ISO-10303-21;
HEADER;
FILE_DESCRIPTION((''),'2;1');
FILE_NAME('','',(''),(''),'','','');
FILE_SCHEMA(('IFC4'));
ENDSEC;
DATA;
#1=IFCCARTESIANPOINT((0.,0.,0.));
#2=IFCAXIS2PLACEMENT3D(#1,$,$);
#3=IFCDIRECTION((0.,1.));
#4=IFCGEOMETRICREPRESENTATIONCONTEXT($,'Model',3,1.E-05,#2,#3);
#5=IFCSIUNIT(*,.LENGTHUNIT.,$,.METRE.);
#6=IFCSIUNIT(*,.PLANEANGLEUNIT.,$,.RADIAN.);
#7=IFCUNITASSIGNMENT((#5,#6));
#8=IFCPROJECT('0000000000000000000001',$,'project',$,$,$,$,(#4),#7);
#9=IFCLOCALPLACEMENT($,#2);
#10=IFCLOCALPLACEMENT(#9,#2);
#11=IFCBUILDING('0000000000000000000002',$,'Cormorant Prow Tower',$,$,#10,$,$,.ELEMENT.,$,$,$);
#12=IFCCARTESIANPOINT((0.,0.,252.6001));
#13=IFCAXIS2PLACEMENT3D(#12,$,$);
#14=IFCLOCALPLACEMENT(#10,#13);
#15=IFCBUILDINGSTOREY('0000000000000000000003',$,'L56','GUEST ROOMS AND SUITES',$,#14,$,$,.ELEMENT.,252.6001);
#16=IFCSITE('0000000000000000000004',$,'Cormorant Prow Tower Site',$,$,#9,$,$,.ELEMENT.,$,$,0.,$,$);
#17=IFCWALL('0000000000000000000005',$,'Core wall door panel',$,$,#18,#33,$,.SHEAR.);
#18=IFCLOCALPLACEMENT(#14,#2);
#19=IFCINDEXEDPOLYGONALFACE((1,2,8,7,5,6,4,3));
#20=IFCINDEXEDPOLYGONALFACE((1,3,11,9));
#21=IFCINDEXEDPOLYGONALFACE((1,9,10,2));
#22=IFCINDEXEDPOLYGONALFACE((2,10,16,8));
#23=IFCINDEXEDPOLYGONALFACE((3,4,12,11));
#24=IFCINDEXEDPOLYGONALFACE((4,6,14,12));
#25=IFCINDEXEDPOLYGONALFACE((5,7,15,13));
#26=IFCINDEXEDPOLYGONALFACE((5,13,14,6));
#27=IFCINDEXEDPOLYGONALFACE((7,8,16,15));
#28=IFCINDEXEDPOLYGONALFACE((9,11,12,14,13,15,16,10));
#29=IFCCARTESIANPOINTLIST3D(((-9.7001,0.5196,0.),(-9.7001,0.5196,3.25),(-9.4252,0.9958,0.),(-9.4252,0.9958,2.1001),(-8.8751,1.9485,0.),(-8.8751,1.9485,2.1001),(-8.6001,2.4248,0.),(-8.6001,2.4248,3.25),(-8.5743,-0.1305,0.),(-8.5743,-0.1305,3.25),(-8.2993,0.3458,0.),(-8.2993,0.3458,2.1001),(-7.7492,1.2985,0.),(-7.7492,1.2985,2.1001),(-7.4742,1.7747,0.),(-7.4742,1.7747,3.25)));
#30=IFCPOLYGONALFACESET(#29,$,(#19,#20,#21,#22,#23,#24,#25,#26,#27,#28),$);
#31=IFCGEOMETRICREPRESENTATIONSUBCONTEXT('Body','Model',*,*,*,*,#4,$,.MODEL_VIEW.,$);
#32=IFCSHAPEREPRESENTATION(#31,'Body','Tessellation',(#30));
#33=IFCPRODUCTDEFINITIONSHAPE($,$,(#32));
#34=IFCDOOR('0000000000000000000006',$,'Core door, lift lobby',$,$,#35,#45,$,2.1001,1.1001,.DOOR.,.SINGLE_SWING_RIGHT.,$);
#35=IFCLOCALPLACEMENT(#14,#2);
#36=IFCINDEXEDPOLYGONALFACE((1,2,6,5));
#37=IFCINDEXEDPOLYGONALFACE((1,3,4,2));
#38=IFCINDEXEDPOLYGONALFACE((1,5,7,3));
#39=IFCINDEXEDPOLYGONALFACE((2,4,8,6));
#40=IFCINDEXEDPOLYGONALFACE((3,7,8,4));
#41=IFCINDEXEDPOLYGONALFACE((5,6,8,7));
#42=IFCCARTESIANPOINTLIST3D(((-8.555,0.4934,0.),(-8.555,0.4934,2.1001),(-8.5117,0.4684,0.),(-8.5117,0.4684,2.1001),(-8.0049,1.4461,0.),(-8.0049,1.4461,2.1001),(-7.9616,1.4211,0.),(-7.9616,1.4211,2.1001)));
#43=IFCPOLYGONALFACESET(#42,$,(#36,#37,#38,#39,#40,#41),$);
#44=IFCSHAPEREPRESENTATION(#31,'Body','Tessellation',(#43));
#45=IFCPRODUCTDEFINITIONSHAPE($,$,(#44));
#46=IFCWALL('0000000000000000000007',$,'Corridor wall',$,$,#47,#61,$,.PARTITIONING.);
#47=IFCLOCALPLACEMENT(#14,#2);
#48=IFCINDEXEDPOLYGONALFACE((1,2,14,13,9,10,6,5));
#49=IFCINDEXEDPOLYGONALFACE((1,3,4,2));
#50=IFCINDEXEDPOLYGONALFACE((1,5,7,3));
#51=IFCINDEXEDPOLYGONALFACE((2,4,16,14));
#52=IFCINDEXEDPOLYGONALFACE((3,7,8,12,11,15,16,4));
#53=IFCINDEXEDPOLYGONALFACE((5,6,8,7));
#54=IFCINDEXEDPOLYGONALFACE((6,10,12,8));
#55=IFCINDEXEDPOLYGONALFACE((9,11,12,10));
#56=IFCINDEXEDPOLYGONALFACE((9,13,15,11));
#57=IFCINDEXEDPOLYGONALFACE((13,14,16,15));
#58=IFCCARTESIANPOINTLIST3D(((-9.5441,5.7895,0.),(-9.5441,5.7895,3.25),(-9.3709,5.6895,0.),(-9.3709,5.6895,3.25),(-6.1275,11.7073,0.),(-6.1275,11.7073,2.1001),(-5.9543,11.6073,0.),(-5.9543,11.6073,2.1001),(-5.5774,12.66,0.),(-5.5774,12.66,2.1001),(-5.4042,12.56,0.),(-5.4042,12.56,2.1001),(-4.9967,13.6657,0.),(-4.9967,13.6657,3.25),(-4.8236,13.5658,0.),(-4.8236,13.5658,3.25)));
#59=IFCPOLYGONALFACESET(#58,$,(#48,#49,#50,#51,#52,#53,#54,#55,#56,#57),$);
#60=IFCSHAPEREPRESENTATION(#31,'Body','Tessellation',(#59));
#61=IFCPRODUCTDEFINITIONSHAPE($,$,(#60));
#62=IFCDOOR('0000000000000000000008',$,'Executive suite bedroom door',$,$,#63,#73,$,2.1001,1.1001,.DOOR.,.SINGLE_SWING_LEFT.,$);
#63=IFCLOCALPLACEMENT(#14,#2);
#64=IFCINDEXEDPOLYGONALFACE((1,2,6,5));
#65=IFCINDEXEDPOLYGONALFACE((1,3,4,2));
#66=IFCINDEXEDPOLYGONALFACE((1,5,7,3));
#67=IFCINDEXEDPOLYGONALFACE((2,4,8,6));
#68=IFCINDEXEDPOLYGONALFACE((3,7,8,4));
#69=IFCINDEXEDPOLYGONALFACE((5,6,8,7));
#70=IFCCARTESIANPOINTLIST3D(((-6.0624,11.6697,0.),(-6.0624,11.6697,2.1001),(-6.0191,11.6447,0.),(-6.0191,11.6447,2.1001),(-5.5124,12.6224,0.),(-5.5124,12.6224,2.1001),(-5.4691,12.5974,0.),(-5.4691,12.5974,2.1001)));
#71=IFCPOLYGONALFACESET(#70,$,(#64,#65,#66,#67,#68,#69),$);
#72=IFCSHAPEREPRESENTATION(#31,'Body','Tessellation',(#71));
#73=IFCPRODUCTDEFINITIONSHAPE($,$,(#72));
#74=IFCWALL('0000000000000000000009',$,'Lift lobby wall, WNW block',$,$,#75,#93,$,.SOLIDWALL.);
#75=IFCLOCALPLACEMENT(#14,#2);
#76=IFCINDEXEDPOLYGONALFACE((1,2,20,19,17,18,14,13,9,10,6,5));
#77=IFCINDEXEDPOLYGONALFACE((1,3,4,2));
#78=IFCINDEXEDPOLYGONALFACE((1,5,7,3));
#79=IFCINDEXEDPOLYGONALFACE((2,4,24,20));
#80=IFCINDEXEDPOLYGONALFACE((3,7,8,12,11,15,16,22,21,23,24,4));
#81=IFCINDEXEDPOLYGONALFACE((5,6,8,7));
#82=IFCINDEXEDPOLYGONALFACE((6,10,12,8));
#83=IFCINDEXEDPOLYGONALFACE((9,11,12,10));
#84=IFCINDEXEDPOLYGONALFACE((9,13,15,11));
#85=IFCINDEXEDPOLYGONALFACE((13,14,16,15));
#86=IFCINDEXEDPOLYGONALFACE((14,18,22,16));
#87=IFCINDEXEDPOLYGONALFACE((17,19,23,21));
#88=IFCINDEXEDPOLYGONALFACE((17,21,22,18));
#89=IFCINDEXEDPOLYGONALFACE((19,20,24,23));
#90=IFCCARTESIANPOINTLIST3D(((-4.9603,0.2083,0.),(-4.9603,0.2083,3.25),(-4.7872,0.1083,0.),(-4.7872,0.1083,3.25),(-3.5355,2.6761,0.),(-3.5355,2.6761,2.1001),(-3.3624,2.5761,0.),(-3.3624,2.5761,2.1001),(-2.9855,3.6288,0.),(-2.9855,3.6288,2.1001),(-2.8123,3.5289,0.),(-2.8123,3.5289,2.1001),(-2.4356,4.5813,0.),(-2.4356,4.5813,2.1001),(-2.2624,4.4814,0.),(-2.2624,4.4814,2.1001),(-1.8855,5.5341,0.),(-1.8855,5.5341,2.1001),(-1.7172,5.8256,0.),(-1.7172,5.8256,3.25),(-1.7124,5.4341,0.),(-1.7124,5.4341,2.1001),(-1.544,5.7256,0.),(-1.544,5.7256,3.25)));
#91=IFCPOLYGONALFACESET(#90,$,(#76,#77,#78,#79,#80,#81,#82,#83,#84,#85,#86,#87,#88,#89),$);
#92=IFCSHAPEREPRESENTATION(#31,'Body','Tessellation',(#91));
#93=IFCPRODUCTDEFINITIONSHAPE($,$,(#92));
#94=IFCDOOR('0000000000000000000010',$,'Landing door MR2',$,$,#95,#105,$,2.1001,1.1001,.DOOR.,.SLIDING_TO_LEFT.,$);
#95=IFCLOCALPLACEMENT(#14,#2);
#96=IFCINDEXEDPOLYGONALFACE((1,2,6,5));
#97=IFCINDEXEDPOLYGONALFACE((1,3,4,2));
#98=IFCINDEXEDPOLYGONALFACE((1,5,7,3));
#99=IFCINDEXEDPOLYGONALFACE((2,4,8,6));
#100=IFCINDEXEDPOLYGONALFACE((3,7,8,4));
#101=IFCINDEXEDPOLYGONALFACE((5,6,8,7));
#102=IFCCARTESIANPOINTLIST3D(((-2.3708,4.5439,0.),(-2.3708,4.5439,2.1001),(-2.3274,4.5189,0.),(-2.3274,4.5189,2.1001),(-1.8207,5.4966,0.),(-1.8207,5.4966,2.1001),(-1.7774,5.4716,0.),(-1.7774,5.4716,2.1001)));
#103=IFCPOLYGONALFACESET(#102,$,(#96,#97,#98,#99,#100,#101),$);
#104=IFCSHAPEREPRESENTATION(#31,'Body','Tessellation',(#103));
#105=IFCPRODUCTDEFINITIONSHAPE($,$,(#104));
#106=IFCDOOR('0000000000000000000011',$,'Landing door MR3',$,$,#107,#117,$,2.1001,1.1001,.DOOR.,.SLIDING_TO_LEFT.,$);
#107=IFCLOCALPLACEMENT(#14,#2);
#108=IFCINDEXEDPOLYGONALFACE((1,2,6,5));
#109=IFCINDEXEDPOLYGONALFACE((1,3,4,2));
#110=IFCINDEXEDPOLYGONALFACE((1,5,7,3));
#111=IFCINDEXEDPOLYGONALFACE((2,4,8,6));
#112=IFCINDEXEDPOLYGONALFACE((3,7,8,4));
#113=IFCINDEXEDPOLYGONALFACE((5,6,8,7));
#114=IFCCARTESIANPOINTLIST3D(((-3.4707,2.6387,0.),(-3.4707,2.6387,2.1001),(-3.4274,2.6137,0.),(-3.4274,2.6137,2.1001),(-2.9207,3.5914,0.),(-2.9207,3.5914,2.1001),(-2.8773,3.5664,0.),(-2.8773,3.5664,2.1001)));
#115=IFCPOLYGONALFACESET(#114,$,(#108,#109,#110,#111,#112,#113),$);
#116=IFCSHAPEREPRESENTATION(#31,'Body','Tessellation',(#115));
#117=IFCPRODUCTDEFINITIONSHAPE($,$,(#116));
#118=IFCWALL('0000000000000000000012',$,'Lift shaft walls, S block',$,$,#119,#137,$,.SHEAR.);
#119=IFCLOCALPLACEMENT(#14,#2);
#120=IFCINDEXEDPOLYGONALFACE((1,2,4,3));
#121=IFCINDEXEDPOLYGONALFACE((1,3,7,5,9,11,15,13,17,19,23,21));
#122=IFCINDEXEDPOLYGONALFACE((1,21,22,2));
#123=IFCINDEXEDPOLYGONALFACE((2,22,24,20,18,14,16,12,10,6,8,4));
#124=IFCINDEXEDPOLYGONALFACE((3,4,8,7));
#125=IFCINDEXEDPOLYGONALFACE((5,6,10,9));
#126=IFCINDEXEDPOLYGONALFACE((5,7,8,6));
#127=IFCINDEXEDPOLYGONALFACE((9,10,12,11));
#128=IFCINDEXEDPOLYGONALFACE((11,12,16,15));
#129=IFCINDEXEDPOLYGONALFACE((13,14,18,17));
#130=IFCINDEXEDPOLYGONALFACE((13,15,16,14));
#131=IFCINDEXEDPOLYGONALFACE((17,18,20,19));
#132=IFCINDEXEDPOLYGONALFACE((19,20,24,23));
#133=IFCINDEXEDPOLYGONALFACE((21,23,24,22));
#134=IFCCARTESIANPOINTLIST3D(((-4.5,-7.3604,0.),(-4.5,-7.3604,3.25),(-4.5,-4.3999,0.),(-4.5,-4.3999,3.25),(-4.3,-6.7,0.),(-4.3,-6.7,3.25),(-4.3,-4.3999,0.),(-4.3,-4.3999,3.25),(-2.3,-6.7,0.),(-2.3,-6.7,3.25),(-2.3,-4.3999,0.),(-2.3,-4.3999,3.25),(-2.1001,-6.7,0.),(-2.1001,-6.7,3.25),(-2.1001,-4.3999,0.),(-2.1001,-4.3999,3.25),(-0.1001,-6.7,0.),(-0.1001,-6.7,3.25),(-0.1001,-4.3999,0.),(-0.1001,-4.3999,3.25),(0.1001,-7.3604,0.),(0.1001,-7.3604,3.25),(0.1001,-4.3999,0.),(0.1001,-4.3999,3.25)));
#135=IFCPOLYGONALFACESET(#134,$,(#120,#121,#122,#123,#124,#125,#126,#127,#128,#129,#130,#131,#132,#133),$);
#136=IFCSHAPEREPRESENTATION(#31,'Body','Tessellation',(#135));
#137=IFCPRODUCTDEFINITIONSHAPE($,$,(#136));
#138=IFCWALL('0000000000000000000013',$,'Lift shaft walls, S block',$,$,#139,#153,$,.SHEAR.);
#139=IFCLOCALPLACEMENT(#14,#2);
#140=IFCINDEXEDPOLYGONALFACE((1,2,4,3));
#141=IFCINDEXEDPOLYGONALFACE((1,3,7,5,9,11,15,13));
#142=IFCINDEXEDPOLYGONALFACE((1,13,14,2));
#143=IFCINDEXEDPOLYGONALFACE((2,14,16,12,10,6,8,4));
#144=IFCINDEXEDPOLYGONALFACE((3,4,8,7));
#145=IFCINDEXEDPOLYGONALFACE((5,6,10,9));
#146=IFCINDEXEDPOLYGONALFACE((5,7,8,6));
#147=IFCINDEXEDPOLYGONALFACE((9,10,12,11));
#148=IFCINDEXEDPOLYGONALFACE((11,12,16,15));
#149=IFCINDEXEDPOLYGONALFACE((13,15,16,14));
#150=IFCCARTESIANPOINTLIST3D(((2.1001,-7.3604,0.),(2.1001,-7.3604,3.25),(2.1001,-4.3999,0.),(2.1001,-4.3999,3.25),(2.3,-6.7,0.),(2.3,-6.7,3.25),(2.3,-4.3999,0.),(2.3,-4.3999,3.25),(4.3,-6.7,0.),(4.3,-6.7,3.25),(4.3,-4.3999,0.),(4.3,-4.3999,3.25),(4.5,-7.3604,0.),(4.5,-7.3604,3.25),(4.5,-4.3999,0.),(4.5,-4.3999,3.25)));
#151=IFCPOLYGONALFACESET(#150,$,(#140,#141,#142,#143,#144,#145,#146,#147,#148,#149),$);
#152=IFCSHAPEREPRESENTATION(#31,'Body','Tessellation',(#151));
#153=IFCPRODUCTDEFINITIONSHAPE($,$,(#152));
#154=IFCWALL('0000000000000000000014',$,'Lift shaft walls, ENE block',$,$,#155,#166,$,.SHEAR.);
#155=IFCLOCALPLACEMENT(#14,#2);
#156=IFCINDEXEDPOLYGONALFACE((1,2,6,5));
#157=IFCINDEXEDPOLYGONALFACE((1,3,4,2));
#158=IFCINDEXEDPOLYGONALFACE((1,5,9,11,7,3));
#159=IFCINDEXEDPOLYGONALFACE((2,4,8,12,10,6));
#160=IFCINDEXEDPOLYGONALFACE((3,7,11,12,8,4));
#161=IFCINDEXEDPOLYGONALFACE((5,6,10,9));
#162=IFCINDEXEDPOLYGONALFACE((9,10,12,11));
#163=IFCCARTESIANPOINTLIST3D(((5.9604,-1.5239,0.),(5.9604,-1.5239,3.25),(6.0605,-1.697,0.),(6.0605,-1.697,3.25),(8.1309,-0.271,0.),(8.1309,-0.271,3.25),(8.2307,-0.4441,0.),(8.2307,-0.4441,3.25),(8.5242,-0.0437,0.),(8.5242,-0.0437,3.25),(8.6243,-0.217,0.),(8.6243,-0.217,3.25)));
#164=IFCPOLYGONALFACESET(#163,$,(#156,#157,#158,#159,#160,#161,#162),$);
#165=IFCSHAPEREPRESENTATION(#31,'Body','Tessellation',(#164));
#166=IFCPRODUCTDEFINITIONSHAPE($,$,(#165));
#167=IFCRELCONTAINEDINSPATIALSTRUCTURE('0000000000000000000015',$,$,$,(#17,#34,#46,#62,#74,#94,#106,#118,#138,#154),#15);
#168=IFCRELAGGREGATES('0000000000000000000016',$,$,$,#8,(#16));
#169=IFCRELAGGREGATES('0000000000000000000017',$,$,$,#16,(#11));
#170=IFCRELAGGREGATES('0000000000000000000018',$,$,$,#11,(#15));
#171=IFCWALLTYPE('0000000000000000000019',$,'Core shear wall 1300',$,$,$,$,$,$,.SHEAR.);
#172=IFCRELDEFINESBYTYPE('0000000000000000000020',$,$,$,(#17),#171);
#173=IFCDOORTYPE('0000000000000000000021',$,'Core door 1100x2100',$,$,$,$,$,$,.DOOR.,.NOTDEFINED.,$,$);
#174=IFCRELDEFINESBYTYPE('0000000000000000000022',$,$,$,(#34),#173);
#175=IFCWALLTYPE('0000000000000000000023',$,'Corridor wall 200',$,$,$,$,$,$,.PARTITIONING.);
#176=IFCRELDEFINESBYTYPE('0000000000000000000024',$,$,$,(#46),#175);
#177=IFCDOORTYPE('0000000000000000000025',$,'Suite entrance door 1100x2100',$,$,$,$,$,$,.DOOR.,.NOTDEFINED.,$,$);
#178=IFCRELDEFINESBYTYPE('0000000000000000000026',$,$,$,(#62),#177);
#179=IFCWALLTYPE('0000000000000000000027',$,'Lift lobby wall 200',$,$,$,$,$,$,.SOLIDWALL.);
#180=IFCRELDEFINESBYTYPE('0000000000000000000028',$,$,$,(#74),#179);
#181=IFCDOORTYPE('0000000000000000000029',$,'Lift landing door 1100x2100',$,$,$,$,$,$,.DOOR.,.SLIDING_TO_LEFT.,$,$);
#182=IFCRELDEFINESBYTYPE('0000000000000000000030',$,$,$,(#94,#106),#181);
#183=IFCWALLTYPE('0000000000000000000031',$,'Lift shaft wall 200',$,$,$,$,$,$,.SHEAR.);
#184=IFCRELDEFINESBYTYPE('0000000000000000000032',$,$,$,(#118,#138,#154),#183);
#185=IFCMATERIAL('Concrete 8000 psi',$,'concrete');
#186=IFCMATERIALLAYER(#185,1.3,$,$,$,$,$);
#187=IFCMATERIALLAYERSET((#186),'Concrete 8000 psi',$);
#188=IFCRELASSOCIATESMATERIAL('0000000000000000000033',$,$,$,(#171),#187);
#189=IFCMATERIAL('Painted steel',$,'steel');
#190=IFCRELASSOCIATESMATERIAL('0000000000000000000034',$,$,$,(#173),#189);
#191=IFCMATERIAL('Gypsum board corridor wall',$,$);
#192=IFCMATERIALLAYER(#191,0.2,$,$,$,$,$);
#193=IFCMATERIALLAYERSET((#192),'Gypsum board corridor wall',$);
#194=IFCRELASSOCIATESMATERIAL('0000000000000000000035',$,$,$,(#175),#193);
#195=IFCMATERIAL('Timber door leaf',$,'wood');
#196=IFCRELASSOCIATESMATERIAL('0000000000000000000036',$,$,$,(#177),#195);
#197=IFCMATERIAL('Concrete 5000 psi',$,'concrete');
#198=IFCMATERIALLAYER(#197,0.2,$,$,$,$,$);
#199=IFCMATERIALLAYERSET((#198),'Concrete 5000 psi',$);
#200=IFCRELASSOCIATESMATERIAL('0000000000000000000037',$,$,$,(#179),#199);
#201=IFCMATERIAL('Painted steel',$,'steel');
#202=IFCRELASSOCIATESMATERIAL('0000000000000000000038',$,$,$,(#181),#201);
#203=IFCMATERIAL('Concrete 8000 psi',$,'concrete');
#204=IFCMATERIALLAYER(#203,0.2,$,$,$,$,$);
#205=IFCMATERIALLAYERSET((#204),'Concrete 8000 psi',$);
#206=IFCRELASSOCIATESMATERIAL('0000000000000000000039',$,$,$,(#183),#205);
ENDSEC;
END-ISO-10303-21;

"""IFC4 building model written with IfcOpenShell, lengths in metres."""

from ifc_helpers import new_model, si_unit, direction, frame, frame_2d, origin, place, context, subcontext, project, spatial, polyline, rectangle, outline, extrude, material, layer, layer_set, type_object, element, fill, save


model = new_model("IFC4")

# Units and contexts
model_context = context("Model", 3, precision=1e-05, world=origin(), true_north=direction((0.0, 1.0)))
body_context = subcontext(model_context, "Body", "Model", "MODEL_VIEW")
ifc_project = project(units=[si_unit("LENGTHUNIT", "METRE"), si_unit("PLANEANGLEUNIT", "RADIAN")], contexts=[model_context])

# Site, building, storey
site_placement = place(None, origin())
site = spatial("IfcSite", under=ifc_project, at=site_placement, Name="Cormorant Prow Tower Site", CompositionType="ELEMENT", RefElevation=0.0)
building_placement = place(site_placement, origin())
building = spatial("IfcBuilding", under=site, at=building_placement, Name="Cormorant Prow Tower", CompositionType="ELEMENT")
storey_placement = place(building_placement, frame((0.0, 0.0, 252.6001)))
storey = spatial("IfcBuildingStorey", under=building, at=storey_placement, Name="L56", Description="GUEST ROOMS AND SUITES", CompositionType="ELEMENT", Elevation=252.6001)

# Shared definitions
ifc_material_1 = material(Name="Concrete 8000 psi", Category="concrete")
ifc_layer_1 = layer(ifc_material_1, 1.3)
ifc_layer_set_1 = layer_set([ifc_layer_1], Name="Concrete 8000 psi")
wall_type_1 = type_object("IfcWallType", Name="Core shear wall 1300", PredefinedType="SHEAR", material=ifc_layer_set_1)

# Walls, openings, doors
wall_1_placement = place(storey_placement, frame((-8.0371, 2.0999, 0.0), z_axis=(0.0, 0.0, 1.0), x_axis=(-0.50003, -0.866008, 0.0)))
wall_1 = element("IfcWall", 1, at=wall_1_placement, inside=storey, type_object=wall_type_1, Name="Core wall door panel", PredefinedType="SHEAR", context=body_context, shape_type="SweptSolid", body=[
    extrude(rectangle(XDim=2.2, YDim=1.3, at=frame_2d((1.1001, 0.0))), origin(), (0.0, 0.0, 1.0), 3.25),
])
opening_1_placement = place(wall_1_placement, frame((0.55, 0.0, 0.0)))
opening_1 = element("IfcOpeningElement", 2, at=opening_1_placement, cuts=wall_1, PredefinedType="OPENING", context=body_context, shape_type="SweptSolid", body=[
    extrude(rectangle(XDim=1.1001, YDim=2.1001, at=frame_2d((0.55, 1.05))), frame((0.0, 0.6599, 0.0), z_axis=(0.0, -1.0, 0.0), x_axis=(1.0, 0.0, 0.0)), (0.0, 0.0, 1.0), 1.3201),
])
ifc_material_2 = material(Name="Painted steel", Category="steel")
door_type_1 = type_object("IfcDoorType", Name="Core door 1100x2100", OperationType="NOTDEFINED", PredefinedType="DOOR", material=ifc_material_2)
door_1_placement = place(opening_1_placement, origin())
door_1 = element("IfcDoor", 3, at=door_1_placement, inside=storey, type_object=door_type_1, Name="Core door, lift lobby", OperationType="SINGLE_SWING_RIGHT", OverallHeight=2.1001, OverallWidth=1.1001, PredefinedType="DOOR", context=body_context, shape_type="SweptSolid", body=[
    extrude(rectangle(XDim=1.1001, YDim=2.1001, at=frame_2d((0.55, 1.05))), frame((0.0, 0.4048, 0.0), z_axis=(0.0, -1.0, 0.0), x_axis=(1.0, 0.0, 0.0)), (0.0, 0.0, 1.0), 0.05),
])
fill(opening_1, door_1)
ifc_material_3 = material(Name="Gypsum board corridor wall")
ifc_layer_2 = layer(ifc_material_3, 0.2)
ifc_layer_set_2 = layer_set([ifc_layer_2], Name="Gypsum board corridor wall")
wall_type_2 = type_object("IfcWallType", Name="Corridor wall 200", PredefinedType="PARTITIONING", material=ifc_layer_set_2)
wall_2_placement = place(storey_placement, frame((-9.4575, 5.7395, 0.0), z_axis=(0.0, 0.0, 1.0), x_axis=(0.500002, 0.866024, 0.0)))
wall_2 = element("IfcWall", 4, at=wall_2_placement, inside=storey, type_object=wall_type_2, Name="Corridor wall", PredefinedType="PARTITIONING", context=body_context, shape_type="SweptSolid", body=[
    extrude(rectangle(XDim=9.0947, YDim=0.2, at=frame_2d((4.5474, 0.0))), origin(), (0.0, 0.0, 1.0), 3.25),
])
opening_2_placement = place(wall_2_placement, frame((6.8333, 0.0, 0.0)))
opening_2 = element("IfcOpeningElement", 5, at=opening_2_placement, cuts=wall_2, PredefinedType="OPENING", context=body_context, shape_type="SweptSolid", body=[
    extrude(rectangle(XDim=1.1001, YDim=2.1001, at=frame_2d((0.55, 1.05))), frame((0.0, 0.1099, 0.0), z_axis=(0.0, -1.0, 0.0), x_axis=(1.0, 0.0, 0.0)), (0.0, 0.0, 1.0), 0.22),
])
ifc_material_4 = material(Name="Timber door leaf", Category="wood")
door_type_2 = type_object("IfcDoorType", Name="Suite entrance door 1100x2100", OperationType="NOTDEFINED", PredefinedType="DOOR", material=ifc_material_4)
door_2_placement = place(opening_2_placement, origin())
door_2 = element("IfcDoor", 6, at=door_2_placement, inside=storey, type_object=door_type_2, Name="Executive suite bedroom door", OperationType="SINGLE_SWING_LEFT", OverallHeight=2.1001, OverallWidth=1.1001, PredefinedType="DOOR", context=body_context, shape_type="SweptSolid", body=[
    extrude(rectangle(XDim=1.1001, YDim=2.1001, at=frame_2d((0.55, 1.05))), frame((0.0, 0.0249, 0.0), z_axis=(0.0, -1.0, 0.0), x_axis=(1.0, 0.0, 0.0)), (0.0, 0.0, 1.0), 0.05),
])
fill(opening_2, door_2)

# Wall, openings, doors
ifc_material_5 = material(Name="Concrete 5000 psi", Category="concrete")
ifc_layer_3 = layer(ifc_material_5, 0.2)
ifc_layer_set_3 = layer_set([ifc_layer_3], Name="Concrete 5000 psi")
wall_type_3 = type_object("IfcWallType", Name="Lift lobby wall 200", PredefinedType="SOLIDWALL", material=ifc_layer_set_3)
wall_3_placement = place(storey_placement, frame((-1.6306, 5.7756, 0.0), z_axis=(0.0, 0.0, 1.0), x_axis=(-0.499993, -0.86603, 0.0)))
wall_3 = element("IfcWall", 7, at=wall_3_placement, inside=storey, type_object=wall_type_3, Name="Lift lobby wall, WNW block", PredefinedType="SOLIDWALL", context=body_context, shape_type="SweptSolid", body=[
    extrude(rectangle(XDim=6.4863, YDim=0.2, at=frame_2d((3.2432, 0.0))), origin(), (0.0, 0.0, 1.0), 3.25),
])
opening_3_placement = place(wall_3_placement, frame((0.3367, 0.0, 0.0)))
opening_3 = element("IfcOpeningElement", 8, at=opening_3_placement, cuts=wall_3, PredefinedType="OPENING", context=body_context, shape_type="SweptSolid", body=[
    extrude(rectangle(XDim=1.1001, YDim=2.1001, at=frame_2d((0.55, 1.05))), frame((0.0, 0.1099, 0.0), z_axis=(0.0, -1.0, 0.0), x_axis=(1.0, 0.0, 0.0)), (0.0, 0.0, 1.0), 0.22),
])
opening_4_placement = place(wall_3_placement, frame((2.5366, 0.0, 0.0)))
opening_4 = element("IfcOpeningElement", 9, at=opening_4_placement, cuts=wall_3, PredefinedType="OPENING", context=body_context, shape_type="SweptSolid", body=[
    extrude(rectangle(XDim=1.1001, YDim=2.1001, at=frame_2d((0.55, 1.05))), frame((0.0, 0.1099, 0.0), z_axis=(0.0, -1.0, 0.0), x_axis=(1.0, 0.0, 0.0)), (0.0, 0.0, 1.0), 0.22),
])
ifc_material_6 = material(Name="Painted steel", Category="steel")
door_type_3 = type_object("IfcDoorType", Name="Lift landing door 1100x2100", OperationType="SLIDING_TO_LEFT", PredefinedType="DOOR", material=ifc_material_6)
door_3_placement = place(opening_3_placement, origin())
door_3 = element("IfcDoor", 10, at=door_3_placement, inside=storey, type_object=door_type_3, Name="Landing door MR2", OperationType="SLIDING_TO_LEFT", OverallHeight=2.1001, OverallWidth=1.1001, PredefinedType="DOOR", context=body_context, shape_type="SweptSolid", body=[
    extrude(rectangle(XDim=1.1001, YDim=2.1001, at=frame_2d((0.55, 1.05))), frame((0.0, 0.0249, 0.0), z_axis=(0.0, -1.0, 0.0), x_axis=(1.0, 0.0, 0.0)), (0.0, 0.0, 1.0), 0.05),
])
fill(opening_3, door_3)
door_4_placement = place(opening_4_placement, origin())
door_4 = element("IfcDoor", 11, at=door_4_placement, inside=storey, type_object=door_type_3, Name="Landing door MR3", OperationType="SLIDING_TO_LEFT", OverallHeight=2.1001, OverallWidth=1.1001, PredefinedType="DOOR", context=body_context, shape_type="SweptSolid", body=[
    extrude(rectangle(XDim=1.1001, YDim=2.1001, at=frame_2d((0.55, 1.05))), frame((0.0, 0.0249, 0.0), z_axis=(0.0, -1.0, 0.0), x_axis=(1.0, 0.0, 0.0)), (0.0, 0.0, 1.0), 0.05),
])
fill(opening_4, door_4)

# Walls
ifc_material_7 = material(Name="Concrete 8000 psi", Category="concrete")
ifc_layer_4 = layer(ifc_material_7, 0.2)
ifc_layer_set_4 = layer_set([ifc_layer_4], Name="Concrete 8000 psi")
wall_type_4 = type_object("IfcWallType", Name="Lift shaft wall 200", PredefinedType="SHEAR", material=ifc_layer_set_4)
wall_4_placement = place(storey_placement, origin())
element("IfcWall", 12, at=wall_4_placement, inside=storey, type_object=wall_type_4, Name="Lift shaft walls, S block", PredefinedType="SHEAR", context=body_context, shape_type="SweptSolid", body=[
    extrude(outline(polyline([(0.1001, -7.3604), (-4.5, -7.3604), (-4.5, -4.3999), (-4.3, -4.3999), (-4.3, -6.7), (-2.3, -6.7), (-2.3, -4.3999), (-2.1001, -4.3999), (-2.1001, -6.7), (-0.1001, -6.7), (-0.1001, -4.3999), (0.1001, -4.3999), (0.1001, -7.3604)])), origin(), (0.0, 0.0, 1.0), 3.25),
])
wall_5_placement = place(storey_placement, origin())
element("IfcWall", 13, at=wall_5_placement, inside=storey, type_object=wall_type_4, Name="Lift shaft walls, S block", PredefinedType="SHEAR", context=body_context, shape_type="SweptSolid", body=[
    extrude(outline(polyline([(2.1001, -7.3604), (2.1001, -4.3999), (2.3, -4.3999), (2.3, -6.7), (4.3, -6.7), (4.3, -4.3999), (4.5, -4.3999), (4.5, -7.3604), (2.1001, -7.3604)])), origin(), (0.0, 0.0, 1.0), 3.25),
])
wall_6_placement = place(storey_placement, origin())
element("IfcWall", 14, at=wall_6_placement, inside=storey, type_object=wall_type_4, Name="Lift shaft walls, ENE block", PredefinedType="SHEAR", context=body_context, shape_type="SweptSolid", body=[
    extrude(outline(polyline([(8.5242, -0.0437), (8.6243, -0.217), (8.2307, -0.4441), (6.0605, -1.697), (5.9604, -1.5239), (8.1309, -0.271), (8.5242, -0.0437)])), origin(), (0.0, 0.0, 1.0), 3.25),
])

save(model, "model.ifc")
